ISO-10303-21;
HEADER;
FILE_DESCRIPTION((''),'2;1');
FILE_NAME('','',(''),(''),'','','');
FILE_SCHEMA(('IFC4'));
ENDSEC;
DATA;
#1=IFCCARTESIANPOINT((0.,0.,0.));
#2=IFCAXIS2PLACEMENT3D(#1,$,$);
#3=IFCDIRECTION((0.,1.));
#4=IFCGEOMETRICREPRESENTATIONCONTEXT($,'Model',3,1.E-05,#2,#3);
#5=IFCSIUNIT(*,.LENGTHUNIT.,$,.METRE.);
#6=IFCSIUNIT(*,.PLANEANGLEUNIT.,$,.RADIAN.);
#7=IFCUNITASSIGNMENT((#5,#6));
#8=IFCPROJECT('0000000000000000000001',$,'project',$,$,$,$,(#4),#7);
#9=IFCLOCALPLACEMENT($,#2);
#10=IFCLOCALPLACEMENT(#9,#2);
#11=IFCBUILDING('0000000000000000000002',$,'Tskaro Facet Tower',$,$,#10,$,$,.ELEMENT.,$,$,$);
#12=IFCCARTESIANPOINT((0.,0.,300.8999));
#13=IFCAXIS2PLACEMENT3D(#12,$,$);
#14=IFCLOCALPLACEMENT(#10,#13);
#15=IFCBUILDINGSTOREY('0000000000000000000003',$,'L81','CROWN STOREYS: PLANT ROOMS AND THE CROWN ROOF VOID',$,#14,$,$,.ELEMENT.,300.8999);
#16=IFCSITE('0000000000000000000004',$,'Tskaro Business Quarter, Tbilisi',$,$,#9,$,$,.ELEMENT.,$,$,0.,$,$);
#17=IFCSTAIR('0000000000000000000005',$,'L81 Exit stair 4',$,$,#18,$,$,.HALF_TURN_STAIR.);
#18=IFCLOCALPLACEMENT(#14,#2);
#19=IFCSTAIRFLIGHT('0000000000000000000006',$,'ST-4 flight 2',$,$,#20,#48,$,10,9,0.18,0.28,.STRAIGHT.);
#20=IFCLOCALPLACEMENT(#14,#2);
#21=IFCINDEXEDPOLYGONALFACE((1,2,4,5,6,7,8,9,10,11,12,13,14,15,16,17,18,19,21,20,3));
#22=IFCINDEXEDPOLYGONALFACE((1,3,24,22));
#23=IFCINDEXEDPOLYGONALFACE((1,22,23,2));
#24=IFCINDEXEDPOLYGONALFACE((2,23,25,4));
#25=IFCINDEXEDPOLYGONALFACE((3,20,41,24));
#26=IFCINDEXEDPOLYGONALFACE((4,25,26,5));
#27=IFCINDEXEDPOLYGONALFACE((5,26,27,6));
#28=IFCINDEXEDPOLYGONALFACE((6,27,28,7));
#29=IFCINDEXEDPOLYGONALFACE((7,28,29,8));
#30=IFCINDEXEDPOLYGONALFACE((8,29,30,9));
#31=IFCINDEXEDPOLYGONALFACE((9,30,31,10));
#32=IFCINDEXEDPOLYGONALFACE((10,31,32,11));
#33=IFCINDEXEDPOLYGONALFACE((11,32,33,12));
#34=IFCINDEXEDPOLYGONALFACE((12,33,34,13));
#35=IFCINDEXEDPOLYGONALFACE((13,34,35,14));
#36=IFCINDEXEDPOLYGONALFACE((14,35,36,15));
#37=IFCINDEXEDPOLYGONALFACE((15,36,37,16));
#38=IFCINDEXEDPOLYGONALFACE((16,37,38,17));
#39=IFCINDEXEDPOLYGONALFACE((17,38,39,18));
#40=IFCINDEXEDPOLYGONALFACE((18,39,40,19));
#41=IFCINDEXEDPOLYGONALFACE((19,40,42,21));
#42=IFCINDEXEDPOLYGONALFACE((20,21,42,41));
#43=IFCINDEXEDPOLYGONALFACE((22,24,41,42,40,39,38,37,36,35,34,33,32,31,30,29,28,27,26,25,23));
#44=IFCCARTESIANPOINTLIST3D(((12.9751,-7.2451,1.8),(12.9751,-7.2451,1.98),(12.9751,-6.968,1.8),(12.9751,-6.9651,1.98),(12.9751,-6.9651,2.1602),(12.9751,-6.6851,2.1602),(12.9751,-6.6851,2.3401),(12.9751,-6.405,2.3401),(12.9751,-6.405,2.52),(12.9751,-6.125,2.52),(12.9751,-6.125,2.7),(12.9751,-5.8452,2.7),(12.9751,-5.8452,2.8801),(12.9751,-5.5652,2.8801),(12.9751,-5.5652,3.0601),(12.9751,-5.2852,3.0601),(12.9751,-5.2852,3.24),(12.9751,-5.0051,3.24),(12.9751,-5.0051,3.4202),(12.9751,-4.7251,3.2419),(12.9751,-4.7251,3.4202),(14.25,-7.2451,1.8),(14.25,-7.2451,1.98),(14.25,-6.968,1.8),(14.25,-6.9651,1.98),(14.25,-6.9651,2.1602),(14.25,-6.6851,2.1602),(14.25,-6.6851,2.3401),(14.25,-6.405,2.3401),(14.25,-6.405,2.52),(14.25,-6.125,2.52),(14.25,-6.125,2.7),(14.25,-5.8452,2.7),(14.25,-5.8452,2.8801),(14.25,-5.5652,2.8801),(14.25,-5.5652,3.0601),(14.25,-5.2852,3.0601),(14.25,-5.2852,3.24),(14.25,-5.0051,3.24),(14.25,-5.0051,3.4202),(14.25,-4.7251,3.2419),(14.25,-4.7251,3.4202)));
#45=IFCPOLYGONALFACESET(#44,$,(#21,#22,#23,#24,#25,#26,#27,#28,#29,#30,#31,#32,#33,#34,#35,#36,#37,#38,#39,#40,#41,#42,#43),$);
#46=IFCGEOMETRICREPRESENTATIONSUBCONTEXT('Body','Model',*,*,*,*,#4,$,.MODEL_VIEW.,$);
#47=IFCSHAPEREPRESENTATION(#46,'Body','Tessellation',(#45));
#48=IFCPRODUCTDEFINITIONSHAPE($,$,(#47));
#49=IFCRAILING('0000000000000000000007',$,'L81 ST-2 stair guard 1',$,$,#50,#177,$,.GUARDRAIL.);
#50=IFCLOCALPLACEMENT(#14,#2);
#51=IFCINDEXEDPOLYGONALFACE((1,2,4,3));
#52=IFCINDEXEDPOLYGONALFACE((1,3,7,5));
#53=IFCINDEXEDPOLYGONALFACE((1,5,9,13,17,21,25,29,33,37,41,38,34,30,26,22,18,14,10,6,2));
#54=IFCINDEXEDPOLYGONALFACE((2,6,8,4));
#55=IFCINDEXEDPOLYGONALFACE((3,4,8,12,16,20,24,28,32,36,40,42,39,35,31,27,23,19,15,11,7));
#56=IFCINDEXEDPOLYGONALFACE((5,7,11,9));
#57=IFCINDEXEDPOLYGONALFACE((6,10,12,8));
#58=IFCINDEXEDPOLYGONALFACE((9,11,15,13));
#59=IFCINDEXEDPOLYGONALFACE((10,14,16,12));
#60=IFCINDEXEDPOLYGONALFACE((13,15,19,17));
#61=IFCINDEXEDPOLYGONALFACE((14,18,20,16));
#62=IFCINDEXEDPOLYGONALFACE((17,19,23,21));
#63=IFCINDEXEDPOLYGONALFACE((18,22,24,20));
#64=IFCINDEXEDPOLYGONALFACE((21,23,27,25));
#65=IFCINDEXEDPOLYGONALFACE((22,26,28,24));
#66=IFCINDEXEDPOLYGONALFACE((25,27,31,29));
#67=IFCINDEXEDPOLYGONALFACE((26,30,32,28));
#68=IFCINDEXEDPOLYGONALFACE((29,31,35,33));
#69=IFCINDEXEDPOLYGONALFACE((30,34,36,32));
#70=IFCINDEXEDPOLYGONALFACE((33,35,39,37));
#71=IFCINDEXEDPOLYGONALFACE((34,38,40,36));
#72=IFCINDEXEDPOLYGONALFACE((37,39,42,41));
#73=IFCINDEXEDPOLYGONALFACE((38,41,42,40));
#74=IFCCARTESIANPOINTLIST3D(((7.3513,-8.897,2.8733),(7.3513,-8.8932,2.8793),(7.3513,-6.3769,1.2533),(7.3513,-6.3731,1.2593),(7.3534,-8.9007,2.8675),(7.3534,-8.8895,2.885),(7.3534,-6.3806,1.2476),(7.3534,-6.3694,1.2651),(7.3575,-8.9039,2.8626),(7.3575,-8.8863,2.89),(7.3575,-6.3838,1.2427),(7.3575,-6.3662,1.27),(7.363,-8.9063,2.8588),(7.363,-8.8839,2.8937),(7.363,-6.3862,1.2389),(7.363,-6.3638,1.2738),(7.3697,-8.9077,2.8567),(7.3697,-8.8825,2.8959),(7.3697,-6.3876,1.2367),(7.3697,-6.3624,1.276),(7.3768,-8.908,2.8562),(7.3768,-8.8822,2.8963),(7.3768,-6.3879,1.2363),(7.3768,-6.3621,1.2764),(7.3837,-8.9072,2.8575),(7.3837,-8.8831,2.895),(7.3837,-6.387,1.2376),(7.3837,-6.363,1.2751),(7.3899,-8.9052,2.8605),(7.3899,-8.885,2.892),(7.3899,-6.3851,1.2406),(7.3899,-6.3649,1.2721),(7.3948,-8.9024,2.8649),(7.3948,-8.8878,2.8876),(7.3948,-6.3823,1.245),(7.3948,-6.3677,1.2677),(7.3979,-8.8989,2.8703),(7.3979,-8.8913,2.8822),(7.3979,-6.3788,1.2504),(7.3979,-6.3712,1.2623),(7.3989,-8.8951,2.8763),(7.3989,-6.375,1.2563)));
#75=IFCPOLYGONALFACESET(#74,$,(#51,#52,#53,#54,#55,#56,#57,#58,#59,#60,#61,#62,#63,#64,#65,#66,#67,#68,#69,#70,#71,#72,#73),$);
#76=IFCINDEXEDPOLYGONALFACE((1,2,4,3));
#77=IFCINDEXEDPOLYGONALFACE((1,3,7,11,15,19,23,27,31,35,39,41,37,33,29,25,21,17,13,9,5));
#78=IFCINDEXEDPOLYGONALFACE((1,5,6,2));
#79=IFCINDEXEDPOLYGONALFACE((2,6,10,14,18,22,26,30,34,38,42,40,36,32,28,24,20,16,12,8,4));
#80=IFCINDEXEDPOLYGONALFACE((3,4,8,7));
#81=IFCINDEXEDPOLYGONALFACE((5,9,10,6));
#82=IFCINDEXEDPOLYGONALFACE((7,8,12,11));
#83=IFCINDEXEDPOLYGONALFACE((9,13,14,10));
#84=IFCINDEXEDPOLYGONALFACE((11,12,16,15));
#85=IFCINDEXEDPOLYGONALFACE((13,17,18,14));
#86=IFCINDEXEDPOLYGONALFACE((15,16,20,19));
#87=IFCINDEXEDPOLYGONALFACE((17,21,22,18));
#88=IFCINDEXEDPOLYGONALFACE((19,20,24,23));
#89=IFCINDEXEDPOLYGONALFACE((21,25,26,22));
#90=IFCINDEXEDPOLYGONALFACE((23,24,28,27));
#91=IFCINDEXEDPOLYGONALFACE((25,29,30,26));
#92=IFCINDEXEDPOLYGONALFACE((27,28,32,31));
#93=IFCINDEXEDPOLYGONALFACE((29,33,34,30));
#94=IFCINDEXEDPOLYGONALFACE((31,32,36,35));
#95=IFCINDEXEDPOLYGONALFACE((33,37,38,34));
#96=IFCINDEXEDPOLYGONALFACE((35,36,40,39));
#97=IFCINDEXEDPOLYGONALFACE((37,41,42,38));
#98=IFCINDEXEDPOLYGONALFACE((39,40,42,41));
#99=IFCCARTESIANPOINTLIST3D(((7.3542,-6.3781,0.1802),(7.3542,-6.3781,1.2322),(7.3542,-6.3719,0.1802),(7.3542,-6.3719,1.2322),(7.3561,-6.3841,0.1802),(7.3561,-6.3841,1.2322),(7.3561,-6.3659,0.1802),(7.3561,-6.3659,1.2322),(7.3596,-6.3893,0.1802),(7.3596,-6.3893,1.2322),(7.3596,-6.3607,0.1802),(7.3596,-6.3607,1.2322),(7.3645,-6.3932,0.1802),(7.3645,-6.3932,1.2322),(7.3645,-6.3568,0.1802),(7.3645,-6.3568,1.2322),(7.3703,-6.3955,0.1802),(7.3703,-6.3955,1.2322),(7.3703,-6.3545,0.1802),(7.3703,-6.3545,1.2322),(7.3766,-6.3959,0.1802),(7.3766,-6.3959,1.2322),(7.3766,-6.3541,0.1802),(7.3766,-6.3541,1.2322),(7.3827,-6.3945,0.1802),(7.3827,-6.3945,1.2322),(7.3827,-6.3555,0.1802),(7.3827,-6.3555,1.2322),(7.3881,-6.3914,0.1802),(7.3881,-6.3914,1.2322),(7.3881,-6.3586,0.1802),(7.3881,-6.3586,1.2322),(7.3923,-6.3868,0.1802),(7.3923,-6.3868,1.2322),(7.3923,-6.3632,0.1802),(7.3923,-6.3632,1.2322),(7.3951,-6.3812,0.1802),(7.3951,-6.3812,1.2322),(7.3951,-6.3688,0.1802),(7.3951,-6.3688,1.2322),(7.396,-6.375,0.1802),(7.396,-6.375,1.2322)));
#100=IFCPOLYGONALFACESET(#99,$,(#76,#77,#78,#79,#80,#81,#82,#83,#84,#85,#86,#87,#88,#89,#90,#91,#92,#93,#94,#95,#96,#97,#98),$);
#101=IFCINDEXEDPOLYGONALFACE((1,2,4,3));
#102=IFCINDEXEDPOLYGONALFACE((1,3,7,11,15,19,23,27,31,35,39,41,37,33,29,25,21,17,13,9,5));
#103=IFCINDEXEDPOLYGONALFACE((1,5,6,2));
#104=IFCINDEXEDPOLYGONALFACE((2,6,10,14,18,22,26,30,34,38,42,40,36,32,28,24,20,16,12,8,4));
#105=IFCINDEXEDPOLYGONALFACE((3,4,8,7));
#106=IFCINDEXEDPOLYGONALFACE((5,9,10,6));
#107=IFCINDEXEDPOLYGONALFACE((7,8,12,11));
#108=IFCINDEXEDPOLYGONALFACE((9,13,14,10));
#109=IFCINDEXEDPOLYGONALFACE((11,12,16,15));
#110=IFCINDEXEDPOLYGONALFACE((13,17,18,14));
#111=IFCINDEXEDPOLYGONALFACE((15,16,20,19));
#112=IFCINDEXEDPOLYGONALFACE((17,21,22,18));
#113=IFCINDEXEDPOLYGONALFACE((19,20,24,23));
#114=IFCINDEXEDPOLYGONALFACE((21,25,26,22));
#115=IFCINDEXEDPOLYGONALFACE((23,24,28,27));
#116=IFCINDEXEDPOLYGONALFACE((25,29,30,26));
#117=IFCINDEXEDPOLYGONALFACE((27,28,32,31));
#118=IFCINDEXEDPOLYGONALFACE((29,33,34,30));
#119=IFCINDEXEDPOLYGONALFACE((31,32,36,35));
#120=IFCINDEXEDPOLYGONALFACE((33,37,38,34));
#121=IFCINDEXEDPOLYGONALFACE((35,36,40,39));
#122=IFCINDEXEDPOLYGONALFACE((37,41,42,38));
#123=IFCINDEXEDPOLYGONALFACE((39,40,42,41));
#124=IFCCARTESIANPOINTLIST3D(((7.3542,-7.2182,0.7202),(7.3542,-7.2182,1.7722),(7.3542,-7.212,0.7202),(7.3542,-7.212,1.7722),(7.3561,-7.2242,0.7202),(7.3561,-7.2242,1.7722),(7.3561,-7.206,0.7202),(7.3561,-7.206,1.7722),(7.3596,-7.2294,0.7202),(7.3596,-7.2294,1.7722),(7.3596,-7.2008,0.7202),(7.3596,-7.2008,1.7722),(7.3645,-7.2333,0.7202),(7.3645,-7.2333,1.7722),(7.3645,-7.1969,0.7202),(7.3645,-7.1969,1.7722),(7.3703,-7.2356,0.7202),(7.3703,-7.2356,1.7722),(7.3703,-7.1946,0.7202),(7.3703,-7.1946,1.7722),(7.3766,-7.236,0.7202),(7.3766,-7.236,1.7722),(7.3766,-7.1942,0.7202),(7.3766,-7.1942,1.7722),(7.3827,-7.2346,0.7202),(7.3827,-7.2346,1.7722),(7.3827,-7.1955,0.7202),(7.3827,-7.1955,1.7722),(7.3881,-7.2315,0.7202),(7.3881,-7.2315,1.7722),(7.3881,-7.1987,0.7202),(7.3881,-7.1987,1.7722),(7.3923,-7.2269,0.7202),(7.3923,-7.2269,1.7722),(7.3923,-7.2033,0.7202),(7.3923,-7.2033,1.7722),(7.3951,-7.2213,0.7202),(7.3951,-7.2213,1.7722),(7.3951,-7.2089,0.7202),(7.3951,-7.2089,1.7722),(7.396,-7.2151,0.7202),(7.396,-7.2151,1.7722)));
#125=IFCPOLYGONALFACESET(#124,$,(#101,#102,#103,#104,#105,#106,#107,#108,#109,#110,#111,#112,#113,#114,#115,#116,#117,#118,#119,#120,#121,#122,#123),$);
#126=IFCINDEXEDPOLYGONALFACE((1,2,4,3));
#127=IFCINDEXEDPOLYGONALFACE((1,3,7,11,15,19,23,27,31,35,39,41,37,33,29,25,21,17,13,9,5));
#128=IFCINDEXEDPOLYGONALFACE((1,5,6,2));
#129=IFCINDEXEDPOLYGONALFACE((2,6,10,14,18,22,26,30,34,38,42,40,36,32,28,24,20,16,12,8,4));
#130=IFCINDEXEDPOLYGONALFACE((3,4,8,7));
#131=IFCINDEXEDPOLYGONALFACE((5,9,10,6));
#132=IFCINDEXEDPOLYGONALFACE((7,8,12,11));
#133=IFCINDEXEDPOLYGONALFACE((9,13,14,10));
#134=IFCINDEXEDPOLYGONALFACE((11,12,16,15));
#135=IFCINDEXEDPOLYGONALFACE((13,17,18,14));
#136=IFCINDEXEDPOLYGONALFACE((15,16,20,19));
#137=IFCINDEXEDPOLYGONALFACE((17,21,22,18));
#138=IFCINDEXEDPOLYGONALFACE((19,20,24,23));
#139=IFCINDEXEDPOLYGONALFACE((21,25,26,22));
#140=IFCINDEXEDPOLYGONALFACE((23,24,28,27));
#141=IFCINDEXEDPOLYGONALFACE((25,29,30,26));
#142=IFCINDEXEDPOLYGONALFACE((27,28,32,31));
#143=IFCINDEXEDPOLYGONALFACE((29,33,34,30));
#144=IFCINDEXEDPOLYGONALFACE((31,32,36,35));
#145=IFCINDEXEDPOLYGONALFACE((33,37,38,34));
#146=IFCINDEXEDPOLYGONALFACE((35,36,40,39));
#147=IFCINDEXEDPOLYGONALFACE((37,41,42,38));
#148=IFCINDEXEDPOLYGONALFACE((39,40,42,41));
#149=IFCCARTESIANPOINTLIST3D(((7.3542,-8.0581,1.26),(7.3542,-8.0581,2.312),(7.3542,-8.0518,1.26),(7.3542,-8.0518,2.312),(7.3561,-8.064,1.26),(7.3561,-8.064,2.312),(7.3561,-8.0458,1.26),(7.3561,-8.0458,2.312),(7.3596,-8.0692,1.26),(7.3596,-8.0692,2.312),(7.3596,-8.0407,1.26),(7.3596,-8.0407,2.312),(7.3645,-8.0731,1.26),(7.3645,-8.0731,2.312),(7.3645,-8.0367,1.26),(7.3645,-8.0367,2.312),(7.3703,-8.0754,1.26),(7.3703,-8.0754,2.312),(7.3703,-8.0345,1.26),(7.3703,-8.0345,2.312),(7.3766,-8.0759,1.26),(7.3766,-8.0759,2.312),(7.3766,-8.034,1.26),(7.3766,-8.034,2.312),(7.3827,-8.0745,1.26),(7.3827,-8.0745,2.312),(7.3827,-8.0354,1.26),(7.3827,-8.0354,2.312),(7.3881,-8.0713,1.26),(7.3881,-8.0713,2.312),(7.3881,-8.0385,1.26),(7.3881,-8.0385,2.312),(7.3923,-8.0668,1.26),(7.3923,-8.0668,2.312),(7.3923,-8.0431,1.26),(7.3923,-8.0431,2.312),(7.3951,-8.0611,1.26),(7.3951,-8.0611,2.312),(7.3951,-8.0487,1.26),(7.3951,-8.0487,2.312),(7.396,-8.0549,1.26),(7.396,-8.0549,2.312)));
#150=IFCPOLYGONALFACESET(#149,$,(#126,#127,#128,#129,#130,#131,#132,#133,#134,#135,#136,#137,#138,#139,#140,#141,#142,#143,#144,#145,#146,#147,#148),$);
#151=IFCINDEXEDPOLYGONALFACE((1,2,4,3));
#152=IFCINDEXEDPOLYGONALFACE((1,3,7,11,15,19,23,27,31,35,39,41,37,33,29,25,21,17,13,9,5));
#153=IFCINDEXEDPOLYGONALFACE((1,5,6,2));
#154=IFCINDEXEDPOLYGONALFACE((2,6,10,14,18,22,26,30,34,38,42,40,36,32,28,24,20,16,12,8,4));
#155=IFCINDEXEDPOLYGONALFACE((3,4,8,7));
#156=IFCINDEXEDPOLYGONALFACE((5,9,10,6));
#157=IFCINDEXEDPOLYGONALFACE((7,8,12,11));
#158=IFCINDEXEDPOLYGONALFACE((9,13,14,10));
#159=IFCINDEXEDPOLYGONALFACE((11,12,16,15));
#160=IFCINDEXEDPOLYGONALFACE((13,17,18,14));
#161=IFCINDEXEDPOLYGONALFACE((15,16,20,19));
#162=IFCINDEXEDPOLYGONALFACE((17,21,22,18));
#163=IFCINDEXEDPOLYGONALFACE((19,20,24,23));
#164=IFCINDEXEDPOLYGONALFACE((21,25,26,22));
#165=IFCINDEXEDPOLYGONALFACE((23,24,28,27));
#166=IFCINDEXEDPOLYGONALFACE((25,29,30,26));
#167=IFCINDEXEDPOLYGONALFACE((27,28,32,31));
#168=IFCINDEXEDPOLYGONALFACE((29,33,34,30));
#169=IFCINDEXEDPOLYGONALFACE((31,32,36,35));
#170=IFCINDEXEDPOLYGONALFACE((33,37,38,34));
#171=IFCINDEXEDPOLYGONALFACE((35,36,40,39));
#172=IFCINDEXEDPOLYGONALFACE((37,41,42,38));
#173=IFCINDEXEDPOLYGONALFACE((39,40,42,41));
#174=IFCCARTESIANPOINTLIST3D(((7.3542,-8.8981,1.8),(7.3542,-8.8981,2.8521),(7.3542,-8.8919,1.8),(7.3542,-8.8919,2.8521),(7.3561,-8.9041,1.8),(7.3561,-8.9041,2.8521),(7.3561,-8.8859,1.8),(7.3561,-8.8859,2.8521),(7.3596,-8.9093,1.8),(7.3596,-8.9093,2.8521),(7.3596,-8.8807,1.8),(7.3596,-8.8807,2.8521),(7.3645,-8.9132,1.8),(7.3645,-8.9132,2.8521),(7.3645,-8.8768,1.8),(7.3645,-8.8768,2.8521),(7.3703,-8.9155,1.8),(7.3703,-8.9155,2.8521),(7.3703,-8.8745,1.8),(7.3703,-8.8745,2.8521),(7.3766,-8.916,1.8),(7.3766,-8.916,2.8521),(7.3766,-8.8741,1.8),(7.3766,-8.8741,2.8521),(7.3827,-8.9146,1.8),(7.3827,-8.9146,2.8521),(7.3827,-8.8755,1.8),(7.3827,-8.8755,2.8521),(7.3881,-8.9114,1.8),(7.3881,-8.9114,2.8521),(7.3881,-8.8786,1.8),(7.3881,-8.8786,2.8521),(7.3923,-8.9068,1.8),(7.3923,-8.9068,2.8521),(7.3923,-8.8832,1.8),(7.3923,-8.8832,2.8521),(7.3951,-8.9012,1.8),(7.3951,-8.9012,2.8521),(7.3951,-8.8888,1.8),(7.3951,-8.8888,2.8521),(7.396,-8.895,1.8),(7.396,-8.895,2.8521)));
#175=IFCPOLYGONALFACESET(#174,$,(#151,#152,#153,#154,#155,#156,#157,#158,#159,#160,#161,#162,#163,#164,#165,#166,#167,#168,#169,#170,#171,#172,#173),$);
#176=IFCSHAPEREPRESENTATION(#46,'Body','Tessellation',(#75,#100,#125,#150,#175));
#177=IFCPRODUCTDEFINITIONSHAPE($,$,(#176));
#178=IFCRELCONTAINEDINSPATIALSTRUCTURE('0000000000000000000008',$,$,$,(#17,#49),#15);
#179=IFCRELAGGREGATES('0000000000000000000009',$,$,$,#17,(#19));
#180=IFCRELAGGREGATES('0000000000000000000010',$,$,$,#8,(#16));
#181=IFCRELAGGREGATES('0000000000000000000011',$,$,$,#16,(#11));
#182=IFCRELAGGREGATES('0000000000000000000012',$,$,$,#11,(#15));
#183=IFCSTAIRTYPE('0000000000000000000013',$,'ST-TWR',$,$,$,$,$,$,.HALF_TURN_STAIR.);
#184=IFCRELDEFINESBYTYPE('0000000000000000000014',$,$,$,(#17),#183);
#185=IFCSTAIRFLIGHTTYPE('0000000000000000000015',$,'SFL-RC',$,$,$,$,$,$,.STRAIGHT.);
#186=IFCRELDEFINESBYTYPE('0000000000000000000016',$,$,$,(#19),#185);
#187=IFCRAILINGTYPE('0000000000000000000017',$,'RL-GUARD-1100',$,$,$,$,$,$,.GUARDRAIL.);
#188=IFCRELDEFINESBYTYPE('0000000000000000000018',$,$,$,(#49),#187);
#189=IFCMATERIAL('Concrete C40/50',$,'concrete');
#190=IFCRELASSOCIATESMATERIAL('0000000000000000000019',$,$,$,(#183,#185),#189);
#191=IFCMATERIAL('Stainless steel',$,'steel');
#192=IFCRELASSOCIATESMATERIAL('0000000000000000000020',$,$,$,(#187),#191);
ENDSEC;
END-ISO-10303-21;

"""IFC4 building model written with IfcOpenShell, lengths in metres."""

from ifc_helpers import new_model, si_unit, direction, frame, origin, origin_2d, place, context, subcontext, project, spatial, polyline, circle, outline, extrude, material, type_object, element, aggregate, save


model = new_model("IFC4")

# Units and contexts
model_context = context("Model", 3, precision=1e-05, world=origin(), true_north=direction((0.0, 1.0)))
body_context = subcontext(model_context, "Body", "Model", "MODEL_VIEW")
ifc_project = project(units=[si_unit("LENGTHUNIT", "METRE"), si_unit("PLANEANGLEUNIT", "RADIAN")], contexts=[model_context])

# Site, building, storey
site_placement = place(None, origin())
site = spatial("IfcSite", under=ifc_project, at=site_placement, Name="Tskaro Business Quarter, Tbilisi", CompositionType="ELEMENT", RefElevation=0.0)
building_placement = place(site_placement, origin())
building = spatial("IfcBuilding", under=site, at=building_placement, Name="Tskaro Facet Tower", CompositionType="ELEMENT")
storey_placement = place(building_placement, frame((0.0, 0.0, 300.8999)))
storey = spatial("IfcBuildingStorey", under=building, at=storey_placement, Name="L81", Description="CROWN STOREYS: PLANT ROOMS AND THE CROWN ROOF VOID", CompositionType="ELEMENT", Elevation=300.8999)

# Shared definitions
ifc_material_1 = material(Name="Concrete C40/50", Category="concrete")

# Shared definitions
stair_type = type_object("IfcStairType", Name="ST-TWR", PredefinedType="HALF_TURN_STAIR", material=ifc_material_1)
stair_flight_type = type_object("IfcStairFlightType", Name="SFL-RC", PredefinedType="STRAIGHT", material=ifc_material_1)

# Stair, stair flight
stair_1_placement = place(storey_placement, origin())
stair_1 = element("IfcStair", 1, at=stair_1_placement, inside=storey, type_object=stair_type, Name="L81 Exit stair 4", PredefinedType="HALF_TURN_STAIR")
stair_flight_1_placement = place(storey_placement, frame((13.6125, -7.2451, 1.8), z_axis=(0.0, 0.0, 1.0), x_axis=(0.0, 1.0, 0.0)))
stair_flight_1 = element("IfcStairFlight", 2, at=stair_flight_1_placement, type_object=stair_flight_type, Name="ST-4 flight 2", NumberOfRisers=10, NumberOfTreads=9, PredefinedType="STRAIGHT", RiserHeight=0.18, TreadLength=0.28, context=body_context, shape_type="SweptSolid", body=[
    extrude(outline(polyline([(0.0, 0.0), (0.0, 0.1799), (0.28, 0.1799), (0.28, 0.3601), (0.5601, 0.3601), (0.5601, 0.54), (0.8401, 0.54), (0.8401, 0.72), (1.1201, 0.72), (1.1201, 0.8999), (1.3999, 0.8999), (1.3999, 1.0801), (1.6799, 1.0801), (1.6799, 1.26), (1.96, 1.26), (1.96, 1.4399), (2.24, 1.4399), (2.24, 1.6201), (2.52, 1.6201), (2.52, 1.8), (2.52, 1.4419), (0.2771, 0.0), (0.0, 0.0)])), frame((0.0, 0.6375, 0.0), z_axis=(0.0, -1.0, 0.0), x_axis=(1.0, 0.0, 0.0)), (0.0, 0.0, 1.0), 1.2749),
])
aggregate(stair_1, [stair_flight_1])

# Railing
ifc_material_2 = material(Name="Stainless steel", Category="steel")
railing_type_1 = type_object("IfcRailingType", Name="RL-GUARD-1100", PredefinedType="GUARDRAIL", material=ifc_material_2)
railing_1_placement = place(storey_placement, frame((7.375, -6.375, 0.1802)))
element("IfcRailing", 3, at=railing_1_placement, inside=storey, type_object=railing_type_1, Name="L81 ST-2 stair guard 1", PredefinedType="GUARDRAIL", context=body_context, shape_type="SweptSolid", body=[
    extrude(circle(Radius=0.0239, at=origin_2d()), frame((0.0, 0.0, 1.0762), z_axis=(0.0, -0.8412, 0.540725), x_axis=(1.0, 0.0, 0.0)), (0.0, 0.0, 1.0), 2.9958),
    extrude(circle(Radius=0.021, at=origin_2d()), origin(), (0.0, 0.0, 1.0), 1.052),
    extrude(circle(Radius=0.021, at=origin_2d()), frame((0.0, -0.8401, 0.54)), (0.0, 0.0, 1.0), 1.052),
    extrude(circle(Radius=0.021, at=origin_2d()), frame((0.0, -1.6799, 1.0798)), (0.0, 0.0, 1.0), 1.052),
    extrude(circle(Radius=0.021, at=origin_2d()), frame((0.0, -2.52, 1.6199)), (0.0, 0.0, 1.0), 1.052),
])

save(model, "model.ifc")
